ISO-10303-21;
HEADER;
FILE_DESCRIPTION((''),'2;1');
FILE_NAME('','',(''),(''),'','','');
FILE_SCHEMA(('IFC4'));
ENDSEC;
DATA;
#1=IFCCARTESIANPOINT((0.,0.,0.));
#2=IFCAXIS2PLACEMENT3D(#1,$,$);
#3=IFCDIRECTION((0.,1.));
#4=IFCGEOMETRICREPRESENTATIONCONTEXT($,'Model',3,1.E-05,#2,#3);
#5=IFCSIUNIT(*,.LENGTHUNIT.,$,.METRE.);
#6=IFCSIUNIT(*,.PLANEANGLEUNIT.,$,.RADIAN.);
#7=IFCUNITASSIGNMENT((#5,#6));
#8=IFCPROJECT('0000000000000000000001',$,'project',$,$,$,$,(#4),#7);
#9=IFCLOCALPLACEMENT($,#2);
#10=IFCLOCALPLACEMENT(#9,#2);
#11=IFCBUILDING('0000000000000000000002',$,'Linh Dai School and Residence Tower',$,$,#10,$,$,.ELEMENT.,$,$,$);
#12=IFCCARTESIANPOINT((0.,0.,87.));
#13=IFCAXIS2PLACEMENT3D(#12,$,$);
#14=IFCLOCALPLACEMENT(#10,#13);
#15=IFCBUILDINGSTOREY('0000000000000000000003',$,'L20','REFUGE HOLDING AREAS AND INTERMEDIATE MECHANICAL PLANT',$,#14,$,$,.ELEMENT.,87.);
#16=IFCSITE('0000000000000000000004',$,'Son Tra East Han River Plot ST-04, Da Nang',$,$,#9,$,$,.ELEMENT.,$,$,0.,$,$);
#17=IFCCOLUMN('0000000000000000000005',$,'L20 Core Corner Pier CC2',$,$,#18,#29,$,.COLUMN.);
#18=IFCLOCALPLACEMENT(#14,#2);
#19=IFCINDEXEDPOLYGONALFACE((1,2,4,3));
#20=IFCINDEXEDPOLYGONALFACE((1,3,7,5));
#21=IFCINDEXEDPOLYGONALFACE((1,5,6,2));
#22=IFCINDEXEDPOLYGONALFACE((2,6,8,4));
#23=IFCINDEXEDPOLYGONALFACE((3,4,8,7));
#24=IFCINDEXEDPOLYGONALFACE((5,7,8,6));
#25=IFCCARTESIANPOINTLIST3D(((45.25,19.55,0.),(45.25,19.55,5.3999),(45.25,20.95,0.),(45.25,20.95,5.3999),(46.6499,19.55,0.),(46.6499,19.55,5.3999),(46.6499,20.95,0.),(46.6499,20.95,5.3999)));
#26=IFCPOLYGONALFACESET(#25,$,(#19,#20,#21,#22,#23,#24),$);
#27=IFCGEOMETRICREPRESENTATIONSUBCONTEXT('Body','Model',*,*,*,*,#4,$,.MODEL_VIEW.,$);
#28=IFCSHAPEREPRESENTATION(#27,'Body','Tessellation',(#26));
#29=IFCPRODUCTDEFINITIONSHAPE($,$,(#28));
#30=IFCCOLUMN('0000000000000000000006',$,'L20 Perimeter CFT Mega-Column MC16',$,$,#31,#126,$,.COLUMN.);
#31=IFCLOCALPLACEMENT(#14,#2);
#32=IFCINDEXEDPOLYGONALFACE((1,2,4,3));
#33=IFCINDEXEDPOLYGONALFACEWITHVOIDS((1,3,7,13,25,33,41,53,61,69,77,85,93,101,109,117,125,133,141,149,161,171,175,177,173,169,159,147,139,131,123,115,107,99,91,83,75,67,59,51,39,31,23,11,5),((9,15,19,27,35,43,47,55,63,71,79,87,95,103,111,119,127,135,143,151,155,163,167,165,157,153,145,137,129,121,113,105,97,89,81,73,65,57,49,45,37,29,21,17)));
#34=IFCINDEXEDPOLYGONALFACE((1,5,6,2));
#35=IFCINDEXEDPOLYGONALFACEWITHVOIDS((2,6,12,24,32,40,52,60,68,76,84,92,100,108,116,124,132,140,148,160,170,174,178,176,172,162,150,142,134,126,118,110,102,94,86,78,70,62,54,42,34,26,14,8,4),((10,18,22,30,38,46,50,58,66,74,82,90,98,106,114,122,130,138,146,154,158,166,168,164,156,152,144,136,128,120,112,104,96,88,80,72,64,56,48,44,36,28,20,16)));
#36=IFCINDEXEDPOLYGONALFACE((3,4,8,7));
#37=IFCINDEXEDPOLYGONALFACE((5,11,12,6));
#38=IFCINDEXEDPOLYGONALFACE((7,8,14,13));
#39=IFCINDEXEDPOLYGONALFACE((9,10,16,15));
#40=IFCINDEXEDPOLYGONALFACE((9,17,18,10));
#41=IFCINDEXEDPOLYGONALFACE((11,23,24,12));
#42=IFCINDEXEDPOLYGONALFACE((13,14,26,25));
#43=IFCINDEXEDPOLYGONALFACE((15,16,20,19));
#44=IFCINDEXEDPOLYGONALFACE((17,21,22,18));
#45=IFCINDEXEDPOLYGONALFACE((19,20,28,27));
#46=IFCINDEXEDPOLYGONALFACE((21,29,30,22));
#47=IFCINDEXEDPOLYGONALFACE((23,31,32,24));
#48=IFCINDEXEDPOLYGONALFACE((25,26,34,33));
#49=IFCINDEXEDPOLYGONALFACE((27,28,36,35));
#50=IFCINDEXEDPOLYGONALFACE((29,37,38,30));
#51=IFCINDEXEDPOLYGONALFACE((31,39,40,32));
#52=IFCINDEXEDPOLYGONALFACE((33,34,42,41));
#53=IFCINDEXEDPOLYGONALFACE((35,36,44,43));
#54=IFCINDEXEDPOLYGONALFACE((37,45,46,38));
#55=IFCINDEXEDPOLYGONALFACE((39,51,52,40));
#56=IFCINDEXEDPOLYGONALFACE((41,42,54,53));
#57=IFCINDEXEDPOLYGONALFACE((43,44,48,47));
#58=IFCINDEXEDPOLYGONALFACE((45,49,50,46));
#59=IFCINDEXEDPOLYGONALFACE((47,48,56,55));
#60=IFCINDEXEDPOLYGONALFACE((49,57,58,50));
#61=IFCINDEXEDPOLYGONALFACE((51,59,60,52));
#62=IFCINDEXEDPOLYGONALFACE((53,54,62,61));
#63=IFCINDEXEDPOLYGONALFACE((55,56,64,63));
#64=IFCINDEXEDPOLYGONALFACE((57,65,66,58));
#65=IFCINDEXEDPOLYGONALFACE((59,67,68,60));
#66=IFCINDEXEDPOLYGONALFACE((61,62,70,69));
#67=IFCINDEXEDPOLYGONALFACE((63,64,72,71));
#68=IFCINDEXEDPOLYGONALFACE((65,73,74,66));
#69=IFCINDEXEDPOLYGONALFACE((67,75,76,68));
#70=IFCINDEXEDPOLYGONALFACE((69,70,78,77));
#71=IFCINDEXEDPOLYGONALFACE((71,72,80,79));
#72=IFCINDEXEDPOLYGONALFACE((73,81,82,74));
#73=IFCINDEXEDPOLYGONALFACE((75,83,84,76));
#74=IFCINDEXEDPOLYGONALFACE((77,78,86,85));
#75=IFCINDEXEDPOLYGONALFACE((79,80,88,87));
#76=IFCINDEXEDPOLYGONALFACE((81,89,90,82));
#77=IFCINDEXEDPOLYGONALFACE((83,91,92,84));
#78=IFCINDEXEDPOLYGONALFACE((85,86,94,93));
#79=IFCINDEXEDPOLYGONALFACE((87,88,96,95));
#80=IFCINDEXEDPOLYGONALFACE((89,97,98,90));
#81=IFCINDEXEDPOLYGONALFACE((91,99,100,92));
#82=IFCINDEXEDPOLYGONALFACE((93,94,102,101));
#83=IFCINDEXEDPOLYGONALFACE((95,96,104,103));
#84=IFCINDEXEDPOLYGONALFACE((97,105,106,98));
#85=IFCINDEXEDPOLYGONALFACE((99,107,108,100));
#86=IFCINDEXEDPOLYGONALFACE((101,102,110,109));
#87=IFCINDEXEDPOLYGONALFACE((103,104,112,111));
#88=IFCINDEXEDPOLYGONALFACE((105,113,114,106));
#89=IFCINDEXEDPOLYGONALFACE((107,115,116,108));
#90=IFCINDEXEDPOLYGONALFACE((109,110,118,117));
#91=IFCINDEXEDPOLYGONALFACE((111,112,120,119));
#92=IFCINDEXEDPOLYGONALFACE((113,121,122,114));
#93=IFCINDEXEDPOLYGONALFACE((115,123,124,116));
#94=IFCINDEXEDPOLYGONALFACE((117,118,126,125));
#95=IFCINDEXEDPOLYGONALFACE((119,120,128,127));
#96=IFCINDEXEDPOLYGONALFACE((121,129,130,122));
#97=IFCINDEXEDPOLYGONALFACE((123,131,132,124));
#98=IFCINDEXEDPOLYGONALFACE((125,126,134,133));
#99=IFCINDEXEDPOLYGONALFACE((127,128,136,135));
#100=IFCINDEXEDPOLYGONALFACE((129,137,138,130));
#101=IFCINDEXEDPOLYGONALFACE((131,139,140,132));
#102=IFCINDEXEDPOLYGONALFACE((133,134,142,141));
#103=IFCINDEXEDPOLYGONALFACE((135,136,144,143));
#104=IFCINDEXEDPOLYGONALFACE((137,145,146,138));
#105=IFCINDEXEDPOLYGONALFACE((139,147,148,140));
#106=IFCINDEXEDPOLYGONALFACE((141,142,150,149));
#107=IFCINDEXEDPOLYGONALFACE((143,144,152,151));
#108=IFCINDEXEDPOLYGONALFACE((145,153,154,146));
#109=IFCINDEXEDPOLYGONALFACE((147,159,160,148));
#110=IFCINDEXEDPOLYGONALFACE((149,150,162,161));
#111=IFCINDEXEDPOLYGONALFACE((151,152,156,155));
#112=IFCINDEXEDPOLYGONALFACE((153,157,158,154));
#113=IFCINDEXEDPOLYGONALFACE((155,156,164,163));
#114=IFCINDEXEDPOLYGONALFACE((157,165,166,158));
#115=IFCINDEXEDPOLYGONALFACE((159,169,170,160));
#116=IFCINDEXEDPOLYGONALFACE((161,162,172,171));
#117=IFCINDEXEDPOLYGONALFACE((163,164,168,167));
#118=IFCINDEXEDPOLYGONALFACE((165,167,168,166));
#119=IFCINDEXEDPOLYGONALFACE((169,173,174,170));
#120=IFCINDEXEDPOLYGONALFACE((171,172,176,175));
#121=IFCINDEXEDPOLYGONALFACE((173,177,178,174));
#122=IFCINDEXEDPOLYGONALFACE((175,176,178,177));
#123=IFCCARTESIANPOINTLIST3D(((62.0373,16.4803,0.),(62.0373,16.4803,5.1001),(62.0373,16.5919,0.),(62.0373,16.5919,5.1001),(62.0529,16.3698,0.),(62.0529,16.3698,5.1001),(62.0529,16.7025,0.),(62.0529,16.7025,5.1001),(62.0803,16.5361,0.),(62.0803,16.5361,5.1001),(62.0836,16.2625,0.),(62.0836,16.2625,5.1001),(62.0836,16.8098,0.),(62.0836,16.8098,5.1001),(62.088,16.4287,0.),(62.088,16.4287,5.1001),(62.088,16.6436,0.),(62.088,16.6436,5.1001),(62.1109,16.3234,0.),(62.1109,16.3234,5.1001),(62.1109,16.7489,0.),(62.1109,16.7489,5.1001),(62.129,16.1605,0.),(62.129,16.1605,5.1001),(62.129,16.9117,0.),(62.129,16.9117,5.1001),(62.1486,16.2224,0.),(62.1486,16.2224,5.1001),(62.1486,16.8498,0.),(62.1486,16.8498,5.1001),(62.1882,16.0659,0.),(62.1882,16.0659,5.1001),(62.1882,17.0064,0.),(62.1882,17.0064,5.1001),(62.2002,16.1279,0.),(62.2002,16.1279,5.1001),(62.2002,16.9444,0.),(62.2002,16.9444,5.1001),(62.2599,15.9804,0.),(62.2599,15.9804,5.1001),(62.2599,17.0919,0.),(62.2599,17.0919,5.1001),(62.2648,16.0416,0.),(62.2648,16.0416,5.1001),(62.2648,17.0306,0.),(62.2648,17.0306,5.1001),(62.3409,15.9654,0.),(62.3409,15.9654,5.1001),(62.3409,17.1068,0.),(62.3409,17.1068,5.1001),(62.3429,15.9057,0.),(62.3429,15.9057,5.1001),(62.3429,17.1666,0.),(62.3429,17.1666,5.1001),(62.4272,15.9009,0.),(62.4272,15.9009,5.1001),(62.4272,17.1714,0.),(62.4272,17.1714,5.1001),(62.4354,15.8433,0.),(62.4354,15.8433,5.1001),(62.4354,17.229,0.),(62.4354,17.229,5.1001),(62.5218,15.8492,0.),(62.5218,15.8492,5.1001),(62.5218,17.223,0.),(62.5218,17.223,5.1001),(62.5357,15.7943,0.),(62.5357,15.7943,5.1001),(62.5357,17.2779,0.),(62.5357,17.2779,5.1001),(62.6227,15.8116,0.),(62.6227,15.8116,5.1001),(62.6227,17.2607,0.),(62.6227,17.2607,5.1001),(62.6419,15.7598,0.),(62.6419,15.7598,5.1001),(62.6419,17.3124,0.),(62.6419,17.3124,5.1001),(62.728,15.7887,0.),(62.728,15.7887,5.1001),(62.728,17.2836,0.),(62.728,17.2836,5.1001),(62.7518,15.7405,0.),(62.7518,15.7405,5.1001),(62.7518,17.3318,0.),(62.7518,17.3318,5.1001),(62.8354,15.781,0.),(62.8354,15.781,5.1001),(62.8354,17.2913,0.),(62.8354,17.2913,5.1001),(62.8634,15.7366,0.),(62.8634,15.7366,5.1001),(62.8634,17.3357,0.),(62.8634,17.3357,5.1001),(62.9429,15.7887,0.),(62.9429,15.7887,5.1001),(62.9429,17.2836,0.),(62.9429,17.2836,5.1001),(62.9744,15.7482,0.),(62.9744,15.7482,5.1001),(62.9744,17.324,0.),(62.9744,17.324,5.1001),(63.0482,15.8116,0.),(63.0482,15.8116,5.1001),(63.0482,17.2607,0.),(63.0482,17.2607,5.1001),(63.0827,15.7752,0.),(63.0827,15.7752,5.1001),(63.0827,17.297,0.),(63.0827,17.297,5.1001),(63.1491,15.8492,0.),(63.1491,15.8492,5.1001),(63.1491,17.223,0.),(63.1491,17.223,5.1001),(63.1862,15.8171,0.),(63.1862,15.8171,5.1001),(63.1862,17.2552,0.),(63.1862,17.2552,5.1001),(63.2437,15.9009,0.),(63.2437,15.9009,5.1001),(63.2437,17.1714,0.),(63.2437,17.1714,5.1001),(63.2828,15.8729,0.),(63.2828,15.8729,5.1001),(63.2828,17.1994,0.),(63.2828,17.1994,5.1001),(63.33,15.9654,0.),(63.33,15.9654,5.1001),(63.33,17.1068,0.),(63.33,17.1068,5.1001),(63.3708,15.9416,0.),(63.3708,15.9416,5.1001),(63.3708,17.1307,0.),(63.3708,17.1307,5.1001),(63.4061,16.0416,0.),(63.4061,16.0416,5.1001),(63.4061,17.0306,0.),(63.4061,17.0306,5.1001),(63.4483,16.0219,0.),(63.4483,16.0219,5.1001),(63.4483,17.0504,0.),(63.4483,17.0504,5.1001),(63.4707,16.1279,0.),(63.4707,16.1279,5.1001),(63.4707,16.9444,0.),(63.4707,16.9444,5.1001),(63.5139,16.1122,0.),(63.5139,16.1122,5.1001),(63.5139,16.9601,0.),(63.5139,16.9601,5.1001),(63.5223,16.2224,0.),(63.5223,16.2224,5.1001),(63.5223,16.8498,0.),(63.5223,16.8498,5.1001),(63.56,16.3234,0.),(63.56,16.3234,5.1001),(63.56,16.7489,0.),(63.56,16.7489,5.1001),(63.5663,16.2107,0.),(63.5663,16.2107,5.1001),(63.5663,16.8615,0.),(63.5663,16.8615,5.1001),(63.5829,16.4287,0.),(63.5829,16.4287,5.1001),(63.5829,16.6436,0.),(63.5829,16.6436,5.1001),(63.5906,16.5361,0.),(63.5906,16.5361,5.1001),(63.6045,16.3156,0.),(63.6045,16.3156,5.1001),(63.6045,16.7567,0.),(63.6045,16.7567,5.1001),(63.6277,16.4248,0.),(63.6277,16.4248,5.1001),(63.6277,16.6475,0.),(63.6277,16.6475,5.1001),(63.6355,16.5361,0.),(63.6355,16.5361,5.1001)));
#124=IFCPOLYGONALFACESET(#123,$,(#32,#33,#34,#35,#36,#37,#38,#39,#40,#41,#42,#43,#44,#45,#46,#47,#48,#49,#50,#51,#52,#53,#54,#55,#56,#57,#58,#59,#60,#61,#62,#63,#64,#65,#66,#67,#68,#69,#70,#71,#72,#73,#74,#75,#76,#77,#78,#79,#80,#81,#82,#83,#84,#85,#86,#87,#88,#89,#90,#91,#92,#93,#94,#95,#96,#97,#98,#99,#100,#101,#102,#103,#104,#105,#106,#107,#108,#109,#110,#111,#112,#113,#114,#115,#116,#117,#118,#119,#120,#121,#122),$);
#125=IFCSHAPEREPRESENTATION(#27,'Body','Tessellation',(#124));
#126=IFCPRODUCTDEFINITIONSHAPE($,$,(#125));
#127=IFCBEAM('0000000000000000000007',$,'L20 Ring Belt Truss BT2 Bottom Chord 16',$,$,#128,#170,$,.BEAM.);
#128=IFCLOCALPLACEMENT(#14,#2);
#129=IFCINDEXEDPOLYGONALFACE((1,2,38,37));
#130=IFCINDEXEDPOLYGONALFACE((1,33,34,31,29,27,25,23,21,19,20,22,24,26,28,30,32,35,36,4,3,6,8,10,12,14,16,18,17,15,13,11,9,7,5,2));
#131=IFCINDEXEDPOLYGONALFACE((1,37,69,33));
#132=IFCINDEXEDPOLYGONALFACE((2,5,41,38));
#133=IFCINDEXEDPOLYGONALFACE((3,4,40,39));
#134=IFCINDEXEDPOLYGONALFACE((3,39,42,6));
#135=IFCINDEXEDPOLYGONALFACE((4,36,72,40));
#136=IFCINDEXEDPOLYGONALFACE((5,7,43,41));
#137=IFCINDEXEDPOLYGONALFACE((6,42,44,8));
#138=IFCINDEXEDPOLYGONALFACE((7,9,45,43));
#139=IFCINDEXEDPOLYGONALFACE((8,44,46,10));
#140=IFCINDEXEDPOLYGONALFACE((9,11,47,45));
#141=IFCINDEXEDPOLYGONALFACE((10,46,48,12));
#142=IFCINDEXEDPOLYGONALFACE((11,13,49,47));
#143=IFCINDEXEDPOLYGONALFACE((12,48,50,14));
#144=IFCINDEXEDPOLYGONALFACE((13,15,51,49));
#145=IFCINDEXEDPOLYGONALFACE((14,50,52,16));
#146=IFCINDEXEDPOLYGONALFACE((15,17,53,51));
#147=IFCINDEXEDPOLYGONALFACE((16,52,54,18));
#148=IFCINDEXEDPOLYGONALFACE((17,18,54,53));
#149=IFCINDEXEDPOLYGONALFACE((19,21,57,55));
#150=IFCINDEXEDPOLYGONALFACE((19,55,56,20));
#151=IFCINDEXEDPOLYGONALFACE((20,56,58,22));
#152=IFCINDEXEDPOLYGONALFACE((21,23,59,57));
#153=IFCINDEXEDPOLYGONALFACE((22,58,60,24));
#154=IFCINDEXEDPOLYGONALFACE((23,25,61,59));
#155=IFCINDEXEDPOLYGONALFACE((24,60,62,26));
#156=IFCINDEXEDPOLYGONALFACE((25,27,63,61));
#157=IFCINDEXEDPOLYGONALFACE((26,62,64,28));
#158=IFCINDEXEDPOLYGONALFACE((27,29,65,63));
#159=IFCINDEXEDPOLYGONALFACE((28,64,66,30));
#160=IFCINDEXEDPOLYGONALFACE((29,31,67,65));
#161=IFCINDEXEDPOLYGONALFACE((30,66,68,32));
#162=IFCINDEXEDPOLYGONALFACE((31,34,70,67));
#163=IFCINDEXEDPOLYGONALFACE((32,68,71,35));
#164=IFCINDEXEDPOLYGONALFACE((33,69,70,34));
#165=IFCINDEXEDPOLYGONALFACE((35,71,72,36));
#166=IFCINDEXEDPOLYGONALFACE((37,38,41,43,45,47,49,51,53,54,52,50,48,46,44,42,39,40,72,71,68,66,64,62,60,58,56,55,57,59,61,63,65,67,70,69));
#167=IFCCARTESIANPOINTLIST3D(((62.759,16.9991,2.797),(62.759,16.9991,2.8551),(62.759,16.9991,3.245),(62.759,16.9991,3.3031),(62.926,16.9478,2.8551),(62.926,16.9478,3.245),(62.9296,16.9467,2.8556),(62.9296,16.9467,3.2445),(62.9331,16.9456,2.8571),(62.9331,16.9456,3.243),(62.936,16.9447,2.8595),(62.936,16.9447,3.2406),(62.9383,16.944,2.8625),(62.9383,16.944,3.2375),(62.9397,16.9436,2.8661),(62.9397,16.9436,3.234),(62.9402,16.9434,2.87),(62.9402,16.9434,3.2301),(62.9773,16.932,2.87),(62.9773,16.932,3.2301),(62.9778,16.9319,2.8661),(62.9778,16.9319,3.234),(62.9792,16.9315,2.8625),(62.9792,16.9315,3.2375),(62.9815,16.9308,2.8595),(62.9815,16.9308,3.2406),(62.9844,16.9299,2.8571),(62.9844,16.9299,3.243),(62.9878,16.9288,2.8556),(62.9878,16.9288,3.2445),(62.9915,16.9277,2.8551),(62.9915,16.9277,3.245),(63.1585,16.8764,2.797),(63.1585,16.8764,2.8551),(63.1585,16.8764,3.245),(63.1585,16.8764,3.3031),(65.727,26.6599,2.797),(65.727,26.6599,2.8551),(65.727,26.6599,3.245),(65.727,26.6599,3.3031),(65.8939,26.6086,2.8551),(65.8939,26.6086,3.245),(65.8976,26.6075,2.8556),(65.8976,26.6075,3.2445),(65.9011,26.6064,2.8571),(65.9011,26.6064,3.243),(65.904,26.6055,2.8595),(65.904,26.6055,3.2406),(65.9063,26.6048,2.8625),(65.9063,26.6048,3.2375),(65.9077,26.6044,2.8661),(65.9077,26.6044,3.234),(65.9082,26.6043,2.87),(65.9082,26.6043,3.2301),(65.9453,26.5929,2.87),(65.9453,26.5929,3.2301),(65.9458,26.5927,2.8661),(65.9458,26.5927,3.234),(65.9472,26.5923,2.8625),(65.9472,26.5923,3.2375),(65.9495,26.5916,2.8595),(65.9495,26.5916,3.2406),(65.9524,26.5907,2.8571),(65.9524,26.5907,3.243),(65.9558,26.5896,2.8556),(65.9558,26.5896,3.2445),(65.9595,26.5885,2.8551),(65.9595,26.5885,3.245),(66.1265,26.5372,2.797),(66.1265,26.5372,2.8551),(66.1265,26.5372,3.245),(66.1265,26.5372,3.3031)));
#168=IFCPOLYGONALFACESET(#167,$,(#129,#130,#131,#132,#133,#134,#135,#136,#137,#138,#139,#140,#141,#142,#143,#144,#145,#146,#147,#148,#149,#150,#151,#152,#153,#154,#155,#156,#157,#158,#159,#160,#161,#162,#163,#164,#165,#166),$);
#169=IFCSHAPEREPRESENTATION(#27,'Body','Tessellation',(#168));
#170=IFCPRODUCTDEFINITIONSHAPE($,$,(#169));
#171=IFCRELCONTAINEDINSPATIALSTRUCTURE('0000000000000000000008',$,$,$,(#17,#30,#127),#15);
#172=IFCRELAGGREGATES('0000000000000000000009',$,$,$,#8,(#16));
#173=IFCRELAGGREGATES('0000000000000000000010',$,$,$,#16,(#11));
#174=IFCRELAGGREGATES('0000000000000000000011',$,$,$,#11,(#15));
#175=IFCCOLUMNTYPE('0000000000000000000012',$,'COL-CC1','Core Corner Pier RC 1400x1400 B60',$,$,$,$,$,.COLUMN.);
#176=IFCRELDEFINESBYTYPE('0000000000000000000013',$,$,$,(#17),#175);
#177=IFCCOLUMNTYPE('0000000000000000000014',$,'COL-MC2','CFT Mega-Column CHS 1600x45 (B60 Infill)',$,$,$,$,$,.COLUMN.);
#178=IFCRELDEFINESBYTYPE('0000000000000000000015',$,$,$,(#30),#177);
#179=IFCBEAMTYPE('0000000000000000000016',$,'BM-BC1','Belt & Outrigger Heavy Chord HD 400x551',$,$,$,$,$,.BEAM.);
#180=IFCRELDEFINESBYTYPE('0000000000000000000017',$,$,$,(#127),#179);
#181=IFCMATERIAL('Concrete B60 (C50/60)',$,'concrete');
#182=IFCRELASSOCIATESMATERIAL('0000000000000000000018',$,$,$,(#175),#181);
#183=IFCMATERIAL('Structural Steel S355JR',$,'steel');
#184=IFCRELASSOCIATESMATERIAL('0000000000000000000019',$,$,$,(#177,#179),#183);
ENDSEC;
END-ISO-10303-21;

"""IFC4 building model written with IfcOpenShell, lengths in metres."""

from ifc_helpers import new_model, si_unit, direction, frame, origin, origin_2d, place, context, subcontext, project, spatial, rectangle, hollow_circle, i_section, extrude, material, material_profile, profile_set, type_object, element, save


model = new_model("IFC4")

# Units and contexts
model_context = context("Model", 3, precision=1e-05, world=origin(), true_north=direction((0.0, 1.0)))
body_context = subcontext(model_context, "Body", "Model", "MODEL_VIEW")
ifc_project = project(units=[si_unit("LENGTHUNIT", "METRE"), si_unit("PLANEANGLEUNIT", "RADIAN")], contexts=[model_context])

# Site, building, storey
site_placement = place(None, origin())
site = spatial("IfcSite", under=ifc_project, at=site_placement, Name="Son Tra East Han River Plot ST-04, Da Nang", CompositionType="ELEMENT", RefElevation=0.0)
building_placement = place(site_placement, origin())
building = spatial("IfcBuilding", under=site, at=building_placement, Name="Linh Dai School and Residence Tower", CompositionType="ELEMENT")
storey_placement = place(building_placement, frame((0.0, 0.0, 87.0)))
storey = spatial("IfcBuildingStorey", under=building, at=storey_placement, Name="L20", Description="REFUGE HOLDING AREAS AND INTERMEDIATE MECHANICAL PLANT", CompositionType="ELEMENT", Elevation=87.0)

# Columns
ifc_material_1 = material(Name="Concrete B60 (C50/60)", Category="concrete")
ifc_material_profile_1 = material_profile(ifc_material_1, rectangle(XDim=1.3999, YDim=1.3999, at=origin_2d()), Name="RC 1400x1400")
ifc_profile_set_1 = profile_set([ifc_material_profile_1], Name="Concrete B60 (C50/60)")
column_type_1 = type_object("IfcColumnType", Name="COL-CC1", Description="Core Corner Pier RC 1400x1400 B60", PredefinedType="COLUMN", material=ifc_profile_set_1)
column_1_placement = place(storey_placement, frame((45.95, 20.25, 0.0), z_axis=(0.0, 0.0, 1.0), x_axis=(1.0, 0.0, 0.0)))
element("IfcColumn", 1, at=column_1_placement, inside=storey, type_object=column_type_1, Name="L20 Core Corner Pier CC2", PredefinedType="COLUMN", context=body_context, shape_type="SweptSolid", body=[
    extrude(rectangle(XDim=1.3999, YDim=1.3999, at=origin_2d()), origin(), (0.0, 0.0, 1.0), 5.3999),
])
ifc_material_2 = material(Name="Structural Steel S355JR", Category="steel")
ifc_material_profile_2 = material_profile(ifc_material_2, hollow_circle(Radius=0.8, WallThickness=0.0449, at=origin_2d()), Name="CHS 1600x45")
ifc_profile_set_2 = profile_set([ifc_material_profile_2], Name="Structural Steel S355JR")
column_type_2 = type_object("IfcColumnType", Name="COL-MC2", Description="CFT Mega-Column CHS 1600x45 (B60 Infill)", PredefinedType="COLUMN", material=ifc_profile_set_2)
column_2_placement = place(storey_placement, frame((62.8354, 16.5361, 0.0), z_axis=(0.0, 0.0, 1.0), x_axis=(1.0, 0.0, 0.0)))
element("IfcColumn", 2, at=column_2_placement, inside=storey, type_object=column_type_2, Name="L20 Perimeter CFT Mega-Column MC16", PredefinedType="COLUMN", context=body_context, shape_type="SweptSolid", body=[
    extrude(hollow_circle(Radius=0.8, WallThickness=0.0449, at=origin_2d()), origin(), (0.0, 0.0, 1.0), 5.1001),
])

# Beam
ifc_material_profile_3 = material_profile(ifc_material_2, i_section(OverallWidth=0.418, OverallDepth=0.5061, WebThickness=0.0388, FlangeThickness=0.0581, FilletRadius=0.0149, at=origin_2d()), Name="HD 400x551")
ifc_profile_set_3 = profile_set([ifc_material_profile_3], Name="Structural Steel S355JR")
beam_type_1 = type_object("IfcBeamType", Name="BM-BC1", Description="Belt & Outrigger Heavy Chord HD 400x551", PredefinedType="BEAM", material=ifc_profile_set_3)
beam_1_placement = place(storey_placement, frame((62.9587, 16.9377, 3.05), z_axis=(0.293673, 0.955906, 0.0), x_axis=(-0.955906, 0.293673, 0.0)))
element("IfcBeam", 3, at=beam_1_placement, inside=storey, type_object=beam_type_1, Name="L20 Ring Belt Truss BT2 Bottom Chord 16", PredefinedType="BEAM", context=body_context, shape_type="SweptSolid", body=[
    extrude(i_section(OverallWidth=0.418, OverallDepth=0.5061, WebThickness=0.0388, FlangeThickness=0.0581, FilletRadius=0.0149, at=origin_2d()), origin(), (0.0, 0.0, 1.0), 10.1064),
])

save(model, "model.ifc")
